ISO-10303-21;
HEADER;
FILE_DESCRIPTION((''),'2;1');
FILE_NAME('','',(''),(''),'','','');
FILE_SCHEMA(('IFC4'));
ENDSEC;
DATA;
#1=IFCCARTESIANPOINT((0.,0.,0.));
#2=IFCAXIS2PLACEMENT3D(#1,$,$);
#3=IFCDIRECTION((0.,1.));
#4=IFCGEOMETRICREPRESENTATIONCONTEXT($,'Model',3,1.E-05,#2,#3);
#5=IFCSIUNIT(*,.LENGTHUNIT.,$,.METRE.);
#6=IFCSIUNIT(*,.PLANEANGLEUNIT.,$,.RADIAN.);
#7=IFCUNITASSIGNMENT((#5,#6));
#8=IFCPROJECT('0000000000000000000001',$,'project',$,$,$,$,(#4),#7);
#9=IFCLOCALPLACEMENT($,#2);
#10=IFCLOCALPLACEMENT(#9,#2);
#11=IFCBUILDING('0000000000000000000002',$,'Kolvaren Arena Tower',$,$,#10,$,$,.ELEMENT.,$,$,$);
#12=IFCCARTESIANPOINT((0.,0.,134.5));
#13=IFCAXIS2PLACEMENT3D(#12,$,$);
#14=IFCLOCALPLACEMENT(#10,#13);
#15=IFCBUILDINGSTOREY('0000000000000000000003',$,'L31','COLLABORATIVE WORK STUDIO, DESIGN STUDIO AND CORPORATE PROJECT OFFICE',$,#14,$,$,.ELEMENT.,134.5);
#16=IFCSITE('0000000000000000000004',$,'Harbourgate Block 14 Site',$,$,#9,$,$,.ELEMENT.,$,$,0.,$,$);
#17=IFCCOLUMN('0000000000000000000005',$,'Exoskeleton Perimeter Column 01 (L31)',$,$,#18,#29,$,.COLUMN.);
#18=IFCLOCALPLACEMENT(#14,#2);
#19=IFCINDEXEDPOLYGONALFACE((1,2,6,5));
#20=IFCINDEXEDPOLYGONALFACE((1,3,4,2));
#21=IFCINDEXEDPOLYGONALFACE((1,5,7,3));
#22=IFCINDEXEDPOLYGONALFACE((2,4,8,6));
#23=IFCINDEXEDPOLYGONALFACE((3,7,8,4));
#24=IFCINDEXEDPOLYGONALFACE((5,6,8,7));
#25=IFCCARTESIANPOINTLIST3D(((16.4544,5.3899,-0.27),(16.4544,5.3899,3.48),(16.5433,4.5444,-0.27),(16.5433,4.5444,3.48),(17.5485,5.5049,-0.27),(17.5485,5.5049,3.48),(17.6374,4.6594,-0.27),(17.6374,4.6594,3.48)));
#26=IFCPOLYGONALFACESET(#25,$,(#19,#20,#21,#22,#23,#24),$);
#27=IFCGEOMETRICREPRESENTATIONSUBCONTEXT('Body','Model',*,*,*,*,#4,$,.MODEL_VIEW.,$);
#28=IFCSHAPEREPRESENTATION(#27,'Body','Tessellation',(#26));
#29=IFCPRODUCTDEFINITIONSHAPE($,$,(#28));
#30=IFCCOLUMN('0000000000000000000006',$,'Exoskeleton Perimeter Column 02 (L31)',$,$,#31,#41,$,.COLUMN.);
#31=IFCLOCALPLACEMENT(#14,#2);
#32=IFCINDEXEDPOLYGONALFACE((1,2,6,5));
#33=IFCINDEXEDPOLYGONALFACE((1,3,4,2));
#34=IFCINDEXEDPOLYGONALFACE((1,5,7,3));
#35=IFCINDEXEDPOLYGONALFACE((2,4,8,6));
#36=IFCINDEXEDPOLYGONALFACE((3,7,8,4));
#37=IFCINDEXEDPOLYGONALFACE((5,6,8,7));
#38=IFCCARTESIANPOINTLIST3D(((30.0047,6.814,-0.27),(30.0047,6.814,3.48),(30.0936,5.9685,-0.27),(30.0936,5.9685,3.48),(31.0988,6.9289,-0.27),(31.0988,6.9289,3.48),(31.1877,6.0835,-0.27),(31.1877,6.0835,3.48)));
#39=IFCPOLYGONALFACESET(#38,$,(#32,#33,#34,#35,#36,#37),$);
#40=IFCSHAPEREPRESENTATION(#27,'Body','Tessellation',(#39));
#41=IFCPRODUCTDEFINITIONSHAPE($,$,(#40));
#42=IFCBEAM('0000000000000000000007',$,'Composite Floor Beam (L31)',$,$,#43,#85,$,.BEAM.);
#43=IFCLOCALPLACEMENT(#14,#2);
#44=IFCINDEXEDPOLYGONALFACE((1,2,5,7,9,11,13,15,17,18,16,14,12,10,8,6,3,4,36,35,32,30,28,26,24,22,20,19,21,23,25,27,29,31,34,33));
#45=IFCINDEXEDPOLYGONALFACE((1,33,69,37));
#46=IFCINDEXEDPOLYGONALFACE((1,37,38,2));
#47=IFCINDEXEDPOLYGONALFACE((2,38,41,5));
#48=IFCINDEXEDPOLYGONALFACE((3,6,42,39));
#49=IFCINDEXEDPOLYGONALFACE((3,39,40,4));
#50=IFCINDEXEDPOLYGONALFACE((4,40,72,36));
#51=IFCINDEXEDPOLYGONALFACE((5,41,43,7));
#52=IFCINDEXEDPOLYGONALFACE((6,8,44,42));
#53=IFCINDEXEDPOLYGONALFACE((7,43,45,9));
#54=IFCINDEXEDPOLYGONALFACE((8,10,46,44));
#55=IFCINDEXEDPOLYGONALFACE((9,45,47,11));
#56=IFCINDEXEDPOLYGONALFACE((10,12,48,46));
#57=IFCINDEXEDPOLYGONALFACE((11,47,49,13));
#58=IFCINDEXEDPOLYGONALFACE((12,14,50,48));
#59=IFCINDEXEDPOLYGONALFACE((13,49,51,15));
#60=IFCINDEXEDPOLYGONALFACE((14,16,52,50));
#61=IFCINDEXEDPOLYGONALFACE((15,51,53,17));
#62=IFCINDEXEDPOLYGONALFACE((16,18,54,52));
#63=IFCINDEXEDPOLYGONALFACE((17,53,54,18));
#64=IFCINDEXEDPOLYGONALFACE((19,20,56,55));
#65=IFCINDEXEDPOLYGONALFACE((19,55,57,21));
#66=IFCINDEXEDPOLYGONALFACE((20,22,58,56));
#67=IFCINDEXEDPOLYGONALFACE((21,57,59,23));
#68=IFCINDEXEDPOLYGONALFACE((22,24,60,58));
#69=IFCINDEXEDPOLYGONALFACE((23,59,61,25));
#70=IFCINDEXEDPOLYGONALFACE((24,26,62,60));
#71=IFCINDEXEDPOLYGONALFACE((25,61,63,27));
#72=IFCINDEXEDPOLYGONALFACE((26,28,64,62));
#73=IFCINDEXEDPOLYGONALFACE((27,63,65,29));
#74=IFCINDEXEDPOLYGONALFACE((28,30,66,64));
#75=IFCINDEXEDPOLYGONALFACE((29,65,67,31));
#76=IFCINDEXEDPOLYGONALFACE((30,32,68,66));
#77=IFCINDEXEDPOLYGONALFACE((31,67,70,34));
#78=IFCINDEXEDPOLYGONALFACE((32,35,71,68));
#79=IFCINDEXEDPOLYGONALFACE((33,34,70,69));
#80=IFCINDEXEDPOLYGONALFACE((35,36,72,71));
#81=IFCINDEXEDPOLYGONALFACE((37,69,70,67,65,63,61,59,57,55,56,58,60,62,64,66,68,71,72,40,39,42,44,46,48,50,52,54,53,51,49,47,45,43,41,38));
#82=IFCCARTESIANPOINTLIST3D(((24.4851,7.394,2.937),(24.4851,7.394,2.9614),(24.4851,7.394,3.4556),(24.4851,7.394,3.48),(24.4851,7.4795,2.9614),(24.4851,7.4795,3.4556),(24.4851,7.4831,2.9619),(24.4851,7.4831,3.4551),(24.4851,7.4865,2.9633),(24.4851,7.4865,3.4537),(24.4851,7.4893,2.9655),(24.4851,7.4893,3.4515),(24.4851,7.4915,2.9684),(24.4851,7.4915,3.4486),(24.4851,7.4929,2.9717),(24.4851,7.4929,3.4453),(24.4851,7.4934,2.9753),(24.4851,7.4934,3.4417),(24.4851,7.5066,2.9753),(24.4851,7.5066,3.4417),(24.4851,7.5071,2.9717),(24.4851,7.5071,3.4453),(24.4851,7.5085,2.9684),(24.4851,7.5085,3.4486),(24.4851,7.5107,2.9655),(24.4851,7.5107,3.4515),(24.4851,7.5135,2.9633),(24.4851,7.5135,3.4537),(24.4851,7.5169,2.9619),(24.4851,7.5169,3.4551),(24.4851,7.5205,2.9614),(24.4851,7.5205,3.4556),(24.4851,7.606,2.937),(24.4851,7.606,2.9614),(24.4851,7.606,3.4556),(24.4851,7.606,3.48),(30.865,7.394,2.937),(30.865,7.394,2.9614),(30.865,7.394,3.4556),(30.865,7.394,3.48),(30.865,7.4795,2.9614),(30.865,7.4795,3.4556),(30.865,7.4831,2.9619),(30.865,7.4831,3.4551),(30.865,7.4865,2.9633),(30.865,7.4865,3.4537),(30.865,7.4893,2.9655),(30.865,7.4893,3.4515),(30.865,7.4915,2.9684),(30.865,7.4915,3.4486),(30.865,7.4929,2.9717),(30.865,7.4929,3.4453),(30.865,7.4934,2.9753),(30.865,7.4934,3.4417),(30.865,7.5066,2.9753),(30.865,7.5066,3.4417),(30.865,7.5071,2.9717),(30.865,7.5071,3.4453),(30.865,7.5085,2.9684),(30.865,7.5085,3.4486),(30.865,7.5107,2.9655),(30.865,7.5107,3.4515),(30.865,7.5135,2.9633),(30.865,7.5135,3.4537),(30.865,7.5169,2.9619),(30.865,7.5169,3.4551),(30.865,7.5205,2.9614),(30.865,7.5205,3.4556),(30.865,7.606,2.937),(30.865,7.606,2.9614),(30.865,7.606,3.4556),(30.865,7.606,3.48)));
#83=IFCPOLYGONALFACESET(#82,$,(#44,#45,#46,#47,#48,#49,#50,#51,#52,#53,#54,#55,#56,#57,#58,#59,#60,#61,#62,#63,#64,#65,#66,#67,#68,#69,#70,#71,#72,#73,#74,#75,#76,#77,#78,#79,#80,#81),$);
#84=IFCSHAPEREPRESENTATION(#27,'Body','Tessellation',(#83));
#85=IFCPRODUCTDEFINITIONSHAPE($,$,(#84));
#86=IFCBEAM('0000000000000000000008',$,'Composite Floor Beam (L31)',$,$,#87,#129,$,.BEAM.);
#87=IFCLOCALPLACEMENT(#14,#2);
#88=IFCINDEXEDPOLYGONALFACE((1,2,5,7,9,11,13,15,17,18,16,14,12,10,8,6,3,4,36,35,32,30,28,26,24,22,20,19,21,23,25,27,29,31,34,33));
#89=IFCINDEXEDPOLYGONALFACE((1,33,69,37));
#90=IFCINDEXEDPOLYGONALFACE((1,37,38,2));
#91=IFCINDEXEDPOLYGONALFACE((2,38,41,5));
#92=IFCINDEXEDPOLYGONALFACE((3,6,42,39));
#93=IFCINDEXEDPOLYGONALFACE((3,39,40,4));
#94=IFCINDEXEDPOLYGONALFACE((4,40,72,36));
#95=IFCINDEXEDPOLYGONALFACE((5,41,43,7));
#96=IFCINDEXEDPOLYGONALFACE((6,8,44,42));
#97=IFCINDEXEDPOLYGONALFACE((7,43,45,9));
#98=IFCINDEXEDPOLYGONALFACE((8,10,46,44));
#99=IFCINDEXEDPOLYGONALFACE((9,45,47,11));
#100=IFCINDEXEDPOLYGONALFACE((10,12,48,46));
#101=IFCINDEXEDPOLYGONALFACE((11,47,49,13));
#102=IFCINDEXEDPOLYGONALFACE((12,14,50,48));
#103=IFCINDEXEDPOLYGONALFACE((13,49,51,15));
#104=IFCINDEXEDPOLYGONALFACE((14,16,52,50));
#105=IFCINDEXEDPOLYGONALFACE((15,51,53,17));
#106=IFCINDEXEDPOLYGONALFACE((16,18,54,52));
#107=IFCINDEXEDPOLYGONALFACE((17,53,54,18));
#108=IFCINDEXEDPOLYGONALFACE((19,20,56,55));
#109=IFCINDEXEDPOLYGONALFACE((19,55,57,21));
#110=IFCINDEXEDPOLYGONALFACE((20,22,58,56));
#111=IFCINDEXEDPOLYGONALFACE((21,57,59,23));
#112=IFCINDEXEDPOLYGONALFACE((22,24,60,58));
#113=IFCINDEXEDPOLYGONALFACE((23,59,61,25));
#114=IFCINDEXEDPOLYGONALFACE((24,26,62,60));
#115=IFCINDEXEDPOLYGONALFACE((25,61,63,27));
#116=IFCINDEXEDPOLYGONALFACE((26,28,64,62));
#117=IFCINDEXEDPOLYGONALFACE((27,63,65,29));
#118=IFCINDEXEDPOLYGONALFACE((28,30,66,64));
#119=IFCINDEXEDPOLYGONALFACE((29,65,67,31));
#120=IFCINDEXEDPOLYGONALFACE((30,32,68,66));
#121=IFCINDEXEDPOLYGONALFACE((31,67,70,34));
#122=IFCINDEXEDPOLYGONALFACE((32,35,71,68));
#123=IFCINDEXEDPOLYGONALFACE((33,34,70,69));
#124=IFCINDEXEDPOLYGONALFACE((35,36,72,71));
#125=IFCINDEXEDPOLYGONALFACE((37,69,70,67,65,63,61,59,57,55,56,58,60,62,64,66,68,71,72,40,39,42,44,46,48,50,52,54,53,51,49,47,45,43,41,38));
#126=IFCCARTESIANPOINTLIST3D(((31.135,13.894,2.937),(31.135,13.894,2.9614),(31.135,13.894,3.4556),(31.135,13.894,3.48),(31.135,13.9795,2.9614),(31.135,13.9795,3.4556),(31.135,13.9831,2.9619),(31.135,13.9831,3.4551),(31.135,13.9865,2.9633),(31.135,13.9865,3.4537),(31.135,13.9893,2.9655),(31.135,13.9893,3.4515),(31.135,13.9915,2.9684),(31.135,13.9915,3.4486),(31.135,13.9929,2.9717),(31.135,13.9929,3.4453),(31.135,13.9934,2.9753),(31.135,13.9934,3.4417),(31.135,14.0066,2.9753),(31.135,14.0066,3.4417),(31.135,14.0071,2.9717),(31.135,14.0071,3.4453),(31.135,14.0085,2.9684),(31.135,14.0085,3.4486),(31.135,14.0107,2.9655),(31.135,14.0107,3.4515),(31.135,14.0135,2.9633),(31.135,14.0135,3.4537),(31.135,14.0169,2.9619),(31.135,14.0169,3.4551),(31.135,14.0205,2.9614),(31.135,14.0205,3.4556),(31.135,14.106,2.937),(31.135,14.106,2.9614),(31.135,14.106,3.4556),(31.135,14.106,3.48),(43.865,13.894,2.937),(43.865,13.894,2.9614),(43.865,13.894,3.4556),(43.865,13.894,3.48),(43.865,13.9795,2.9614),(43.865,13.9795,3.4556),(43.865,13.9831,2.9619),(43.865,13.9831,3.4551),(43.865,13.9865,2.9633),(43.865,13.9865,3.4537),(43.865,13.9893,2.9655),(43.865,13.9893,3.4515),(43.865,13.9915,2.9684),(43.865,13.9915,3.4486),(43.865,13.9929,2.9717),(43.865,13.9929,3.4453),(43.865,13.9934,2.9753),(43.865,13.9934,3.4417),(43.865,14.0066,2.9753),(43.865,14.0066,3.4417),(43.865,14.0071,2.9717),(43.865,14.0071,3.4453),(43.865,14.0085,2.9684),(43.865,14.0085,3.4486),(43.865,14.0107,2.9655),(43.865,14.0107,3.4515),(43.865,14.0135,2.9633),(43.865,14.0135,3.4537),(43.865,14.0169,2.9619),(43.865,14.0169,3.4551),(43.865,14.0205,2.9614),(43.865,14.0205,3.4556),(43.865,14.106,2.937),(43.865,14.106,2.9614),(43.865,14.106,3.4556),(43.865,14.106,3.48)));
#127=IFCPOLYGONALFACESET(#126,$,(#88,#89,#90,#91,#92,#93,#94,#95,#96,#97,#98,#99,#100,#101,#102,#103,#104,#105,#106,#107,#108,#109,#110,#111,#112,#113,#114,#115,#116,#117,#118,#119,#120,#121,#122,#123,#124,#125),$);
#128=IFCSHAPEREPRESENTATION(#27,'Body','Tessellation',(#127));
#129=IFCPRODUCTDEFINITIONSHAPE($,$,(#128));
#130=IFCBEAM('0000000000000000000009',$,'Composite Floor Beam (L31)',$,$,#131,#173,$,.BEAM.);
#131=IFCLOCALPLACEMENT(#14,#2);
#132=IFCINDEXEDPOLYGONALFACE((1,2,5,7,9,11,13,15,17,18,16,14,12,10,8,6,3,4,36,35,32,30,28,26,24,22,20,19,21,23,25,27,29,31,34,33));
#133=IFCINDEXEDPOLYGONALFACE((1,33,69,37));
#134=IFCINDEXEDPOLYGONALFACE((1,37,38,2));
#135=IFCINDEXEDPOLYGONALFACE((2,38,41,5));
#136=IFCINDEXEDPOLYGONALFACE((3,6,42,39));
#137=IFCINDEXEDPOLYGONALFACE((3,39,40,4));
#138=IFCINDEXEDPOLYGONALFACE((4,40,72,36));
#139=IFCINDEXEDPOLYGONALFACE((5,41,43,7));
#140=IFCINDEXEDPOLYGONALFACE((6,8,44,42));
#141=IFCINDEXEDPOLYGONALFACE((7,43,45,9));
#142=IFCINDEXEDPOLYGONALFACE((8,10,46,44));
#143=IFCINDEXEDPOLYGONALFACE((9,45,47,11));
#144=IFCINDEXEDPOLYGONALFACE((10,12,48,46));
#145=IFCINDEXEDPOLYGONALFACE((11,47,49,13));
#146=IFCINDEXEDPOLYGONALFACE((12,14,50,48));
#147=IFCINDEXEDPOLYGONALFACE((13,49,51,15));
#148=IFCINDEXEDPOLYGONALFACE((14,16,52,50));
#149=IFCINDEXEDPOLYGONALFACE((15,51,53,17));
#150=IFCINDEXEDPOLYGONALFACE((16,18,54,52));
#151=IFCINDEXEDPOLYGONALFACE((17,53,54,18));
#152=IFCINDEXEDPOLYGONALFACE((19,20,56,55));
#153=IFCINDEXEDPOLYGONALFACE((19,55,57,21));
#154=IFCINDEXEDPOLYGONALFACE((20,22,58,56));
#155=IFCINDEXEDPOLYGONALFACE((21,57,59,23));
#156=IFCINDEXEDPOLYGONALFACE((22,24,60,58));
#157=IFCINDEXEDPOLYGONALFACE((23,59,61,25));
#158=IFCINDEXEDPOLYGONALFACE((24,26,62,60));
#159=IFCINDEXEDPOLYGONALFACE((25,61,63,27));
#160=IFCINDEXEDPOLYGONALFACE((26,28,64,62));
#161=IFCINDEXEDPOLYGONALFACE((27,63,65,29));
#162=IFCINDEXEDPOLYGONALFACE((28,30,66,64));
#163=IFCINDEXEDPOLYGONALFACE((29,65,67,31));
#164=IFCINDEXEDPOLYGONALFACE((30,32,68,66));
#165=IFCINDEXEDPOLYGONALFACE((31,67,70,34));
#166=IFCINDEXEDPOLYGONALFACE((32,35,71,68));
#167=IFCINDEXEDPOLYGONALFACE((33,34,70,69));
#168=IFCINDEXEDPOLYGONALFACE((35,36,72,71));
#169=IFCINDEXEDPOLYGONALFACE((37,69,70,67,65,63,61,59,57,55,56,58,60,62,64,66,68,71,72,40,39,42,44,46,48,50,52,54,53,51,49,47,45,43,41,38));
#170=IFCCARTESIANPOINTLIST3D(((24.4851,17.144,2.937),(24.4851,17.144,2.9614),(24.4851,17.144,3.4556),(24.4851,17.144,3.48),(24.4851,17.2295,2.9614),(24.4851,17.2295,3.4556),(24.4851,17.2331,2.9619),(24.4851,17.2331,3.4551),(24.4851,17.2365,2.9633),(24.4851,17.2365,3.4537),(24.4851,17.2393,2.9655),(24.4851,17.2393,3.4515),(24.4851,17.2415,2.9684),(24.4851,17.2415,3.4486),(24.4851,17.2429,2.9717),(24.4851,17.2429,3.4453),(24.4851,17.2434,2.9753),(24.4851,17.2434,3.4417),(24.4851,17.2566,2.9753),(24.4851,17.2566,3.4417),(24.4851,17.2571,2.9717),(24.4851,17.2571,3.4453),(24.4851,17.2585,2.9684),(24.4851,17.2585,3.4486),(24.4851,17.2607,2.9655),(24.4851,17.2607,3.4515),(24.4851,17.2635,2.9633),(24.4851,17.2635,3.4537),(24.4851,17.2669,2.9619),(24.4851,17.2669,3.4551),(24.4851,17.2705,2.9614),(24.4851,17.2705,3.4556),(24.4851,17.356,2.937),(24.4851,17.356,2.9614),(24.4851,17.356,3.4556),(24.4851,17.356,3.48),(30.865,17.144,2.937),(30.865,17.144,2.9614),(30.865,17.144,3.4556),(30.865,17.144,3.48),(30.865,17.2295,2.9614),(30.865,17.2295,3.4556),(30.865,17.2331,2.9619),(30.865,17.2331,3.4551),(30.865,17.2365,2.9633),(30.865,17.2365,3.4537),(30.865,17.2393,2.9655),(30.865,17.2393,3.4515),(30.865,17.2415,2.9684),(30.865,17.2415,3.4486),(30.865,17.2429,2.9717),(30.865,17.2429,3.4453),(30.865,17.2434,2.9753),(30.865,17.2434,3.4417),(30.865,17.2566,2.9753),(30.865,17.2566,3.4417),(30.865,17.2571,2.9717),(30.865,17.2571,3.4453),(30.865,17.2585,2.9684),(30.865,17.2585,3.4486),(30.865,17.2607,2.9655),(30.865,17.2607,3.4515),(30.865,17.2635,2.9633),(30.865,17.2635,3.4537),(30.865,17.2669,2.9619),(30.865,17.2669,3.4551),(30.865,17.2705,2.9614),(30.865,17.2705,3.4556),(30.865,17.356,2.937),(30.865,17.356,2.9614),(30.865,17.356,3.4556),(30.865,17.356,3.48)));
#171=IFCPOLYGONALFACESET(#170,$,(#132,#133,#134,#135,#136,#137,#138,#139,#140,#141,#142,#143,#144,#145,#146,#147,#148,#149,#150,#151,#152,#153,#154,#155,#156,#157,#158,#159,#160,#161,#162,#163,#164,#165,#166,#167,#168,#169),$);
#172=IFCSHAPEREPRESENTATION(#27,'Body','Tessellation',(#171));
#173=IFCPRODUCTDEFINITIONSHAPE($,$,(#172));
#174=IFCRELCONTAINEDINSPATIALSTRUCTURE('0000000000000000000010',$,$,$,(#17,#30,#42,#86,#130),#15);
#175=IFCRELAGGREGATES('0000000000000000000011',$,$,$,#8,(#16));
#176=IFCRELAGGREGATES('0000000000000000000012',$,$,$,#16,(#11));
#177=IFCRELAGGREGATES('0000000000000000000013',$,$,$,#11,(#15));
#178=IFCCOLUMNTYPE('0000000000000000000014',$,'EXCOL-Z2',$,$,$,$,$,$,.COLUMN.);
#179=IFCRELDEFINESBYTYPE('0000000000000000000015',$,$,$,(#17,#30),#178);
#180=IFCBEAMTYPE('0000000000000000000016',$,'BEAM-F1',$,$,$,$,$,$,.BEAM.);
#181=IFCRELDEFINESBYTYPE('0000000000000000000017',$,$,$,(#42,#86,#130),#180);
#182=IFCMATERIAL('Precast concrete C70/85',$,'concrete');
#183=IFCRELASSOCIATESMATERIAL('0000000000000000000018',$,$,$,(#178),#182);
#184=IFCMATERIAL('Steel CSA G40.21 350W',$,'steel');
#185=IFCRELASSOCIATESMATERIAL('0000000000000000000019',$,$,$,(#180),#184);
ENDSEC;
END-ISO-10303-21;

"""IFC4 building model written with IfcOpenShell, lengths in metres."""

from ifc_helpers import new_model, si_unit, direction, frame, origin, origin_2d, place, context, subcontext, project, spatial, rectangle, i_section, extrude, material, material_profile, profile_set, type_object, element, save


model = new_model("IFC4")

# Units and contexts
model_context = context("Model", 3, precision=1e-05, world=origin(), true_north=direction((0.0, 1.0)))
body_context = subcontext(model_context, "Body", "Model", "MODEL_VIEW")
ifc_project = project(units=[si_unit("LENGTHUNIT", "METRE"), si_unit("PLANEANGLEUNIT", "RADIAN")], contexts=[model_context])

# Site, building, storey
site_placement = place(None, origin())
site = spatial("IfcSite", under=ifc_project, at=site_placement, Name="Harbourgate Block 14 Site", CompositionType="ELEMENT", RefElevation=0.0)
building_placement = place(site_placement, origin())
building = spatial("IfcBuilding", under=site, at=building_placement, Name="Kolvaren Arena Tower", CompositionType="ELEMENT")
storey_placement = place(building_placement, frame((0.0, 0.0, 134.5)))
storey = spatial("IfcBuildingStorey", under=building, at=storey_placement, Name="L31", Description="COLLABORATIVE WORK STUDIO, DESIGN STUDIO AND CORPORATE PROJECT OFFICE", CompositionType="ELEMENT", Elevation=134.5)

# Columns
ifc_material_1 = material(Name="Precast concrete C70/85", Category="concrete")
ifc_material_profile_1 = material_profile(ifc_material_1, rectangle(XDim=1.1001, YDim=0.8501, at=origin_2d()), Name="RC-1100x850")
ifc_profile_set_1 = profile_set([ifc_material_profile_1], Name="Precast concrete C70/85")
column_type = type_object("IfcColumnType", Name="EXCOL-Z2", PredefinedType="COLUMN", material=ifc_profile_set_1)
for number, where, z_axis, x_axis, name in (
    (1, (17.0459, 5.0247, -0.27), (0.0, 0.0, 1.0), (0.994522, 0.104528, 0.0), "Exoskeleton Perimeter Column 01 (L31)"),
    (2, (30.5962, 6.4487, -0.27), (0.0, 0.0, 1.0), (0.994522, 0.104528, 0.0), "Exoskeleton Perimeter Column 02 (L31)"),
):
    element("IfcColumn", number, at=place(storey_placement, frame(where, z_axis=z_axis, x_axis=x_axis)), inside=storey, type_object=column_type, Name=name, PredefinedType="COLUMN", context=body_context, shape_type="SweptSolid", body=[
        extrude(rectangle(XDim=1.1001, YDim=0.8501, at=origin_2d()), origin(), (0.0, 0.0, 1.0), 3.75),
    ])

# Beams
ifc_material_2 = material(Name="Steel CSA G40.21 350W", Category="steel")
ifc_material_profile_2 = material_profile(ifc_material_2, i_section(OverallWidth=0.2119, OverallDepth=0.543, WebThickness=0.0132, FlangeThickness=0.0244, FilletRadius=0.0139, at=origin_2d()), Name="W530x150")
ifc_profile_set_2 = profile_set([ifc_material_profile_2], Name="Steel CSA G40.21 350W")
beam_type_1 = type_object("IfcBeamType", Name="BEAM-F1", PredefinedType="BEAM", material=ifc_profile_set_2)
beam_1_placement = place(storey_placement, frame((24.4851, 7.5, 3.2085), z_axis=(1.0, 0.0, 0.0), x_axis=(0.0, 1.0, 0.0)))
element("IfcBeam", 3, at=beam_1_placement, inside=storey, type_object=beam_type_1, Name="Composite Floor Beam (L31)", PredefinedType="BEAM", context=body_context, shape_type="SweptSolid", body=[
    extrude(i_section(OverallWidth=0.2119, OverallDepth=0.543, WebThickness=0.0132, FlangeThickness=0.0244, FilletRadius=0.0139, at=origin_2d()), origin(), (0.0, 0.0, 1.0), 6.3799),
])
beam_2_placement = place(storey_placement, frame((31.135, 14.0, 3.2085), z_axis=(1.0, 0.0, 0.0), x_axis=(0.0, 1.0, 0.0)))
element("IfcBeam", 4, at=beam_2_placement, inside=storey, type_object=beam_type_1, Name="Composite Floor Beam (L31)", PredefinedType="BEAM", context=body_context, shape_type="SweptSolid", body=[
    extrude(i_section(OverallWidth=0.2119, OverallDepth=0.543, WebThickness=0.0132, FlangeThickness=0.0244, FilletRadius=0.0139, at=origin_2d()), origin(), (0.0, 0.0, 1.0), 12.73),
])
beam_3_placement = place(storey_placement, frame((24.4851, 17.25, 3.2085), z_axis=(1.0, 0.0, 0.0), x_axis=(0.0, 1.0, 0.0)))
element("IfcBeam", 5, at=beam_3_placement, inside=storey, type_object=beam_type_1, Name="Composite Floor Beam (L31)", PredefinedType="BEAM", context=body_context, shape_type="SweptSolid", body=[
    extrude(i_section(OverallWidth=0.2119, OverallDepth=0.543, WebThickness=0.0132, FlangeThickness=0.0244, FilletRadius=0.0139, at=origin_2d()), origin(), (0.0, 0.0, 1.0), 6.3799),
])

save(model, "model.ifc")
